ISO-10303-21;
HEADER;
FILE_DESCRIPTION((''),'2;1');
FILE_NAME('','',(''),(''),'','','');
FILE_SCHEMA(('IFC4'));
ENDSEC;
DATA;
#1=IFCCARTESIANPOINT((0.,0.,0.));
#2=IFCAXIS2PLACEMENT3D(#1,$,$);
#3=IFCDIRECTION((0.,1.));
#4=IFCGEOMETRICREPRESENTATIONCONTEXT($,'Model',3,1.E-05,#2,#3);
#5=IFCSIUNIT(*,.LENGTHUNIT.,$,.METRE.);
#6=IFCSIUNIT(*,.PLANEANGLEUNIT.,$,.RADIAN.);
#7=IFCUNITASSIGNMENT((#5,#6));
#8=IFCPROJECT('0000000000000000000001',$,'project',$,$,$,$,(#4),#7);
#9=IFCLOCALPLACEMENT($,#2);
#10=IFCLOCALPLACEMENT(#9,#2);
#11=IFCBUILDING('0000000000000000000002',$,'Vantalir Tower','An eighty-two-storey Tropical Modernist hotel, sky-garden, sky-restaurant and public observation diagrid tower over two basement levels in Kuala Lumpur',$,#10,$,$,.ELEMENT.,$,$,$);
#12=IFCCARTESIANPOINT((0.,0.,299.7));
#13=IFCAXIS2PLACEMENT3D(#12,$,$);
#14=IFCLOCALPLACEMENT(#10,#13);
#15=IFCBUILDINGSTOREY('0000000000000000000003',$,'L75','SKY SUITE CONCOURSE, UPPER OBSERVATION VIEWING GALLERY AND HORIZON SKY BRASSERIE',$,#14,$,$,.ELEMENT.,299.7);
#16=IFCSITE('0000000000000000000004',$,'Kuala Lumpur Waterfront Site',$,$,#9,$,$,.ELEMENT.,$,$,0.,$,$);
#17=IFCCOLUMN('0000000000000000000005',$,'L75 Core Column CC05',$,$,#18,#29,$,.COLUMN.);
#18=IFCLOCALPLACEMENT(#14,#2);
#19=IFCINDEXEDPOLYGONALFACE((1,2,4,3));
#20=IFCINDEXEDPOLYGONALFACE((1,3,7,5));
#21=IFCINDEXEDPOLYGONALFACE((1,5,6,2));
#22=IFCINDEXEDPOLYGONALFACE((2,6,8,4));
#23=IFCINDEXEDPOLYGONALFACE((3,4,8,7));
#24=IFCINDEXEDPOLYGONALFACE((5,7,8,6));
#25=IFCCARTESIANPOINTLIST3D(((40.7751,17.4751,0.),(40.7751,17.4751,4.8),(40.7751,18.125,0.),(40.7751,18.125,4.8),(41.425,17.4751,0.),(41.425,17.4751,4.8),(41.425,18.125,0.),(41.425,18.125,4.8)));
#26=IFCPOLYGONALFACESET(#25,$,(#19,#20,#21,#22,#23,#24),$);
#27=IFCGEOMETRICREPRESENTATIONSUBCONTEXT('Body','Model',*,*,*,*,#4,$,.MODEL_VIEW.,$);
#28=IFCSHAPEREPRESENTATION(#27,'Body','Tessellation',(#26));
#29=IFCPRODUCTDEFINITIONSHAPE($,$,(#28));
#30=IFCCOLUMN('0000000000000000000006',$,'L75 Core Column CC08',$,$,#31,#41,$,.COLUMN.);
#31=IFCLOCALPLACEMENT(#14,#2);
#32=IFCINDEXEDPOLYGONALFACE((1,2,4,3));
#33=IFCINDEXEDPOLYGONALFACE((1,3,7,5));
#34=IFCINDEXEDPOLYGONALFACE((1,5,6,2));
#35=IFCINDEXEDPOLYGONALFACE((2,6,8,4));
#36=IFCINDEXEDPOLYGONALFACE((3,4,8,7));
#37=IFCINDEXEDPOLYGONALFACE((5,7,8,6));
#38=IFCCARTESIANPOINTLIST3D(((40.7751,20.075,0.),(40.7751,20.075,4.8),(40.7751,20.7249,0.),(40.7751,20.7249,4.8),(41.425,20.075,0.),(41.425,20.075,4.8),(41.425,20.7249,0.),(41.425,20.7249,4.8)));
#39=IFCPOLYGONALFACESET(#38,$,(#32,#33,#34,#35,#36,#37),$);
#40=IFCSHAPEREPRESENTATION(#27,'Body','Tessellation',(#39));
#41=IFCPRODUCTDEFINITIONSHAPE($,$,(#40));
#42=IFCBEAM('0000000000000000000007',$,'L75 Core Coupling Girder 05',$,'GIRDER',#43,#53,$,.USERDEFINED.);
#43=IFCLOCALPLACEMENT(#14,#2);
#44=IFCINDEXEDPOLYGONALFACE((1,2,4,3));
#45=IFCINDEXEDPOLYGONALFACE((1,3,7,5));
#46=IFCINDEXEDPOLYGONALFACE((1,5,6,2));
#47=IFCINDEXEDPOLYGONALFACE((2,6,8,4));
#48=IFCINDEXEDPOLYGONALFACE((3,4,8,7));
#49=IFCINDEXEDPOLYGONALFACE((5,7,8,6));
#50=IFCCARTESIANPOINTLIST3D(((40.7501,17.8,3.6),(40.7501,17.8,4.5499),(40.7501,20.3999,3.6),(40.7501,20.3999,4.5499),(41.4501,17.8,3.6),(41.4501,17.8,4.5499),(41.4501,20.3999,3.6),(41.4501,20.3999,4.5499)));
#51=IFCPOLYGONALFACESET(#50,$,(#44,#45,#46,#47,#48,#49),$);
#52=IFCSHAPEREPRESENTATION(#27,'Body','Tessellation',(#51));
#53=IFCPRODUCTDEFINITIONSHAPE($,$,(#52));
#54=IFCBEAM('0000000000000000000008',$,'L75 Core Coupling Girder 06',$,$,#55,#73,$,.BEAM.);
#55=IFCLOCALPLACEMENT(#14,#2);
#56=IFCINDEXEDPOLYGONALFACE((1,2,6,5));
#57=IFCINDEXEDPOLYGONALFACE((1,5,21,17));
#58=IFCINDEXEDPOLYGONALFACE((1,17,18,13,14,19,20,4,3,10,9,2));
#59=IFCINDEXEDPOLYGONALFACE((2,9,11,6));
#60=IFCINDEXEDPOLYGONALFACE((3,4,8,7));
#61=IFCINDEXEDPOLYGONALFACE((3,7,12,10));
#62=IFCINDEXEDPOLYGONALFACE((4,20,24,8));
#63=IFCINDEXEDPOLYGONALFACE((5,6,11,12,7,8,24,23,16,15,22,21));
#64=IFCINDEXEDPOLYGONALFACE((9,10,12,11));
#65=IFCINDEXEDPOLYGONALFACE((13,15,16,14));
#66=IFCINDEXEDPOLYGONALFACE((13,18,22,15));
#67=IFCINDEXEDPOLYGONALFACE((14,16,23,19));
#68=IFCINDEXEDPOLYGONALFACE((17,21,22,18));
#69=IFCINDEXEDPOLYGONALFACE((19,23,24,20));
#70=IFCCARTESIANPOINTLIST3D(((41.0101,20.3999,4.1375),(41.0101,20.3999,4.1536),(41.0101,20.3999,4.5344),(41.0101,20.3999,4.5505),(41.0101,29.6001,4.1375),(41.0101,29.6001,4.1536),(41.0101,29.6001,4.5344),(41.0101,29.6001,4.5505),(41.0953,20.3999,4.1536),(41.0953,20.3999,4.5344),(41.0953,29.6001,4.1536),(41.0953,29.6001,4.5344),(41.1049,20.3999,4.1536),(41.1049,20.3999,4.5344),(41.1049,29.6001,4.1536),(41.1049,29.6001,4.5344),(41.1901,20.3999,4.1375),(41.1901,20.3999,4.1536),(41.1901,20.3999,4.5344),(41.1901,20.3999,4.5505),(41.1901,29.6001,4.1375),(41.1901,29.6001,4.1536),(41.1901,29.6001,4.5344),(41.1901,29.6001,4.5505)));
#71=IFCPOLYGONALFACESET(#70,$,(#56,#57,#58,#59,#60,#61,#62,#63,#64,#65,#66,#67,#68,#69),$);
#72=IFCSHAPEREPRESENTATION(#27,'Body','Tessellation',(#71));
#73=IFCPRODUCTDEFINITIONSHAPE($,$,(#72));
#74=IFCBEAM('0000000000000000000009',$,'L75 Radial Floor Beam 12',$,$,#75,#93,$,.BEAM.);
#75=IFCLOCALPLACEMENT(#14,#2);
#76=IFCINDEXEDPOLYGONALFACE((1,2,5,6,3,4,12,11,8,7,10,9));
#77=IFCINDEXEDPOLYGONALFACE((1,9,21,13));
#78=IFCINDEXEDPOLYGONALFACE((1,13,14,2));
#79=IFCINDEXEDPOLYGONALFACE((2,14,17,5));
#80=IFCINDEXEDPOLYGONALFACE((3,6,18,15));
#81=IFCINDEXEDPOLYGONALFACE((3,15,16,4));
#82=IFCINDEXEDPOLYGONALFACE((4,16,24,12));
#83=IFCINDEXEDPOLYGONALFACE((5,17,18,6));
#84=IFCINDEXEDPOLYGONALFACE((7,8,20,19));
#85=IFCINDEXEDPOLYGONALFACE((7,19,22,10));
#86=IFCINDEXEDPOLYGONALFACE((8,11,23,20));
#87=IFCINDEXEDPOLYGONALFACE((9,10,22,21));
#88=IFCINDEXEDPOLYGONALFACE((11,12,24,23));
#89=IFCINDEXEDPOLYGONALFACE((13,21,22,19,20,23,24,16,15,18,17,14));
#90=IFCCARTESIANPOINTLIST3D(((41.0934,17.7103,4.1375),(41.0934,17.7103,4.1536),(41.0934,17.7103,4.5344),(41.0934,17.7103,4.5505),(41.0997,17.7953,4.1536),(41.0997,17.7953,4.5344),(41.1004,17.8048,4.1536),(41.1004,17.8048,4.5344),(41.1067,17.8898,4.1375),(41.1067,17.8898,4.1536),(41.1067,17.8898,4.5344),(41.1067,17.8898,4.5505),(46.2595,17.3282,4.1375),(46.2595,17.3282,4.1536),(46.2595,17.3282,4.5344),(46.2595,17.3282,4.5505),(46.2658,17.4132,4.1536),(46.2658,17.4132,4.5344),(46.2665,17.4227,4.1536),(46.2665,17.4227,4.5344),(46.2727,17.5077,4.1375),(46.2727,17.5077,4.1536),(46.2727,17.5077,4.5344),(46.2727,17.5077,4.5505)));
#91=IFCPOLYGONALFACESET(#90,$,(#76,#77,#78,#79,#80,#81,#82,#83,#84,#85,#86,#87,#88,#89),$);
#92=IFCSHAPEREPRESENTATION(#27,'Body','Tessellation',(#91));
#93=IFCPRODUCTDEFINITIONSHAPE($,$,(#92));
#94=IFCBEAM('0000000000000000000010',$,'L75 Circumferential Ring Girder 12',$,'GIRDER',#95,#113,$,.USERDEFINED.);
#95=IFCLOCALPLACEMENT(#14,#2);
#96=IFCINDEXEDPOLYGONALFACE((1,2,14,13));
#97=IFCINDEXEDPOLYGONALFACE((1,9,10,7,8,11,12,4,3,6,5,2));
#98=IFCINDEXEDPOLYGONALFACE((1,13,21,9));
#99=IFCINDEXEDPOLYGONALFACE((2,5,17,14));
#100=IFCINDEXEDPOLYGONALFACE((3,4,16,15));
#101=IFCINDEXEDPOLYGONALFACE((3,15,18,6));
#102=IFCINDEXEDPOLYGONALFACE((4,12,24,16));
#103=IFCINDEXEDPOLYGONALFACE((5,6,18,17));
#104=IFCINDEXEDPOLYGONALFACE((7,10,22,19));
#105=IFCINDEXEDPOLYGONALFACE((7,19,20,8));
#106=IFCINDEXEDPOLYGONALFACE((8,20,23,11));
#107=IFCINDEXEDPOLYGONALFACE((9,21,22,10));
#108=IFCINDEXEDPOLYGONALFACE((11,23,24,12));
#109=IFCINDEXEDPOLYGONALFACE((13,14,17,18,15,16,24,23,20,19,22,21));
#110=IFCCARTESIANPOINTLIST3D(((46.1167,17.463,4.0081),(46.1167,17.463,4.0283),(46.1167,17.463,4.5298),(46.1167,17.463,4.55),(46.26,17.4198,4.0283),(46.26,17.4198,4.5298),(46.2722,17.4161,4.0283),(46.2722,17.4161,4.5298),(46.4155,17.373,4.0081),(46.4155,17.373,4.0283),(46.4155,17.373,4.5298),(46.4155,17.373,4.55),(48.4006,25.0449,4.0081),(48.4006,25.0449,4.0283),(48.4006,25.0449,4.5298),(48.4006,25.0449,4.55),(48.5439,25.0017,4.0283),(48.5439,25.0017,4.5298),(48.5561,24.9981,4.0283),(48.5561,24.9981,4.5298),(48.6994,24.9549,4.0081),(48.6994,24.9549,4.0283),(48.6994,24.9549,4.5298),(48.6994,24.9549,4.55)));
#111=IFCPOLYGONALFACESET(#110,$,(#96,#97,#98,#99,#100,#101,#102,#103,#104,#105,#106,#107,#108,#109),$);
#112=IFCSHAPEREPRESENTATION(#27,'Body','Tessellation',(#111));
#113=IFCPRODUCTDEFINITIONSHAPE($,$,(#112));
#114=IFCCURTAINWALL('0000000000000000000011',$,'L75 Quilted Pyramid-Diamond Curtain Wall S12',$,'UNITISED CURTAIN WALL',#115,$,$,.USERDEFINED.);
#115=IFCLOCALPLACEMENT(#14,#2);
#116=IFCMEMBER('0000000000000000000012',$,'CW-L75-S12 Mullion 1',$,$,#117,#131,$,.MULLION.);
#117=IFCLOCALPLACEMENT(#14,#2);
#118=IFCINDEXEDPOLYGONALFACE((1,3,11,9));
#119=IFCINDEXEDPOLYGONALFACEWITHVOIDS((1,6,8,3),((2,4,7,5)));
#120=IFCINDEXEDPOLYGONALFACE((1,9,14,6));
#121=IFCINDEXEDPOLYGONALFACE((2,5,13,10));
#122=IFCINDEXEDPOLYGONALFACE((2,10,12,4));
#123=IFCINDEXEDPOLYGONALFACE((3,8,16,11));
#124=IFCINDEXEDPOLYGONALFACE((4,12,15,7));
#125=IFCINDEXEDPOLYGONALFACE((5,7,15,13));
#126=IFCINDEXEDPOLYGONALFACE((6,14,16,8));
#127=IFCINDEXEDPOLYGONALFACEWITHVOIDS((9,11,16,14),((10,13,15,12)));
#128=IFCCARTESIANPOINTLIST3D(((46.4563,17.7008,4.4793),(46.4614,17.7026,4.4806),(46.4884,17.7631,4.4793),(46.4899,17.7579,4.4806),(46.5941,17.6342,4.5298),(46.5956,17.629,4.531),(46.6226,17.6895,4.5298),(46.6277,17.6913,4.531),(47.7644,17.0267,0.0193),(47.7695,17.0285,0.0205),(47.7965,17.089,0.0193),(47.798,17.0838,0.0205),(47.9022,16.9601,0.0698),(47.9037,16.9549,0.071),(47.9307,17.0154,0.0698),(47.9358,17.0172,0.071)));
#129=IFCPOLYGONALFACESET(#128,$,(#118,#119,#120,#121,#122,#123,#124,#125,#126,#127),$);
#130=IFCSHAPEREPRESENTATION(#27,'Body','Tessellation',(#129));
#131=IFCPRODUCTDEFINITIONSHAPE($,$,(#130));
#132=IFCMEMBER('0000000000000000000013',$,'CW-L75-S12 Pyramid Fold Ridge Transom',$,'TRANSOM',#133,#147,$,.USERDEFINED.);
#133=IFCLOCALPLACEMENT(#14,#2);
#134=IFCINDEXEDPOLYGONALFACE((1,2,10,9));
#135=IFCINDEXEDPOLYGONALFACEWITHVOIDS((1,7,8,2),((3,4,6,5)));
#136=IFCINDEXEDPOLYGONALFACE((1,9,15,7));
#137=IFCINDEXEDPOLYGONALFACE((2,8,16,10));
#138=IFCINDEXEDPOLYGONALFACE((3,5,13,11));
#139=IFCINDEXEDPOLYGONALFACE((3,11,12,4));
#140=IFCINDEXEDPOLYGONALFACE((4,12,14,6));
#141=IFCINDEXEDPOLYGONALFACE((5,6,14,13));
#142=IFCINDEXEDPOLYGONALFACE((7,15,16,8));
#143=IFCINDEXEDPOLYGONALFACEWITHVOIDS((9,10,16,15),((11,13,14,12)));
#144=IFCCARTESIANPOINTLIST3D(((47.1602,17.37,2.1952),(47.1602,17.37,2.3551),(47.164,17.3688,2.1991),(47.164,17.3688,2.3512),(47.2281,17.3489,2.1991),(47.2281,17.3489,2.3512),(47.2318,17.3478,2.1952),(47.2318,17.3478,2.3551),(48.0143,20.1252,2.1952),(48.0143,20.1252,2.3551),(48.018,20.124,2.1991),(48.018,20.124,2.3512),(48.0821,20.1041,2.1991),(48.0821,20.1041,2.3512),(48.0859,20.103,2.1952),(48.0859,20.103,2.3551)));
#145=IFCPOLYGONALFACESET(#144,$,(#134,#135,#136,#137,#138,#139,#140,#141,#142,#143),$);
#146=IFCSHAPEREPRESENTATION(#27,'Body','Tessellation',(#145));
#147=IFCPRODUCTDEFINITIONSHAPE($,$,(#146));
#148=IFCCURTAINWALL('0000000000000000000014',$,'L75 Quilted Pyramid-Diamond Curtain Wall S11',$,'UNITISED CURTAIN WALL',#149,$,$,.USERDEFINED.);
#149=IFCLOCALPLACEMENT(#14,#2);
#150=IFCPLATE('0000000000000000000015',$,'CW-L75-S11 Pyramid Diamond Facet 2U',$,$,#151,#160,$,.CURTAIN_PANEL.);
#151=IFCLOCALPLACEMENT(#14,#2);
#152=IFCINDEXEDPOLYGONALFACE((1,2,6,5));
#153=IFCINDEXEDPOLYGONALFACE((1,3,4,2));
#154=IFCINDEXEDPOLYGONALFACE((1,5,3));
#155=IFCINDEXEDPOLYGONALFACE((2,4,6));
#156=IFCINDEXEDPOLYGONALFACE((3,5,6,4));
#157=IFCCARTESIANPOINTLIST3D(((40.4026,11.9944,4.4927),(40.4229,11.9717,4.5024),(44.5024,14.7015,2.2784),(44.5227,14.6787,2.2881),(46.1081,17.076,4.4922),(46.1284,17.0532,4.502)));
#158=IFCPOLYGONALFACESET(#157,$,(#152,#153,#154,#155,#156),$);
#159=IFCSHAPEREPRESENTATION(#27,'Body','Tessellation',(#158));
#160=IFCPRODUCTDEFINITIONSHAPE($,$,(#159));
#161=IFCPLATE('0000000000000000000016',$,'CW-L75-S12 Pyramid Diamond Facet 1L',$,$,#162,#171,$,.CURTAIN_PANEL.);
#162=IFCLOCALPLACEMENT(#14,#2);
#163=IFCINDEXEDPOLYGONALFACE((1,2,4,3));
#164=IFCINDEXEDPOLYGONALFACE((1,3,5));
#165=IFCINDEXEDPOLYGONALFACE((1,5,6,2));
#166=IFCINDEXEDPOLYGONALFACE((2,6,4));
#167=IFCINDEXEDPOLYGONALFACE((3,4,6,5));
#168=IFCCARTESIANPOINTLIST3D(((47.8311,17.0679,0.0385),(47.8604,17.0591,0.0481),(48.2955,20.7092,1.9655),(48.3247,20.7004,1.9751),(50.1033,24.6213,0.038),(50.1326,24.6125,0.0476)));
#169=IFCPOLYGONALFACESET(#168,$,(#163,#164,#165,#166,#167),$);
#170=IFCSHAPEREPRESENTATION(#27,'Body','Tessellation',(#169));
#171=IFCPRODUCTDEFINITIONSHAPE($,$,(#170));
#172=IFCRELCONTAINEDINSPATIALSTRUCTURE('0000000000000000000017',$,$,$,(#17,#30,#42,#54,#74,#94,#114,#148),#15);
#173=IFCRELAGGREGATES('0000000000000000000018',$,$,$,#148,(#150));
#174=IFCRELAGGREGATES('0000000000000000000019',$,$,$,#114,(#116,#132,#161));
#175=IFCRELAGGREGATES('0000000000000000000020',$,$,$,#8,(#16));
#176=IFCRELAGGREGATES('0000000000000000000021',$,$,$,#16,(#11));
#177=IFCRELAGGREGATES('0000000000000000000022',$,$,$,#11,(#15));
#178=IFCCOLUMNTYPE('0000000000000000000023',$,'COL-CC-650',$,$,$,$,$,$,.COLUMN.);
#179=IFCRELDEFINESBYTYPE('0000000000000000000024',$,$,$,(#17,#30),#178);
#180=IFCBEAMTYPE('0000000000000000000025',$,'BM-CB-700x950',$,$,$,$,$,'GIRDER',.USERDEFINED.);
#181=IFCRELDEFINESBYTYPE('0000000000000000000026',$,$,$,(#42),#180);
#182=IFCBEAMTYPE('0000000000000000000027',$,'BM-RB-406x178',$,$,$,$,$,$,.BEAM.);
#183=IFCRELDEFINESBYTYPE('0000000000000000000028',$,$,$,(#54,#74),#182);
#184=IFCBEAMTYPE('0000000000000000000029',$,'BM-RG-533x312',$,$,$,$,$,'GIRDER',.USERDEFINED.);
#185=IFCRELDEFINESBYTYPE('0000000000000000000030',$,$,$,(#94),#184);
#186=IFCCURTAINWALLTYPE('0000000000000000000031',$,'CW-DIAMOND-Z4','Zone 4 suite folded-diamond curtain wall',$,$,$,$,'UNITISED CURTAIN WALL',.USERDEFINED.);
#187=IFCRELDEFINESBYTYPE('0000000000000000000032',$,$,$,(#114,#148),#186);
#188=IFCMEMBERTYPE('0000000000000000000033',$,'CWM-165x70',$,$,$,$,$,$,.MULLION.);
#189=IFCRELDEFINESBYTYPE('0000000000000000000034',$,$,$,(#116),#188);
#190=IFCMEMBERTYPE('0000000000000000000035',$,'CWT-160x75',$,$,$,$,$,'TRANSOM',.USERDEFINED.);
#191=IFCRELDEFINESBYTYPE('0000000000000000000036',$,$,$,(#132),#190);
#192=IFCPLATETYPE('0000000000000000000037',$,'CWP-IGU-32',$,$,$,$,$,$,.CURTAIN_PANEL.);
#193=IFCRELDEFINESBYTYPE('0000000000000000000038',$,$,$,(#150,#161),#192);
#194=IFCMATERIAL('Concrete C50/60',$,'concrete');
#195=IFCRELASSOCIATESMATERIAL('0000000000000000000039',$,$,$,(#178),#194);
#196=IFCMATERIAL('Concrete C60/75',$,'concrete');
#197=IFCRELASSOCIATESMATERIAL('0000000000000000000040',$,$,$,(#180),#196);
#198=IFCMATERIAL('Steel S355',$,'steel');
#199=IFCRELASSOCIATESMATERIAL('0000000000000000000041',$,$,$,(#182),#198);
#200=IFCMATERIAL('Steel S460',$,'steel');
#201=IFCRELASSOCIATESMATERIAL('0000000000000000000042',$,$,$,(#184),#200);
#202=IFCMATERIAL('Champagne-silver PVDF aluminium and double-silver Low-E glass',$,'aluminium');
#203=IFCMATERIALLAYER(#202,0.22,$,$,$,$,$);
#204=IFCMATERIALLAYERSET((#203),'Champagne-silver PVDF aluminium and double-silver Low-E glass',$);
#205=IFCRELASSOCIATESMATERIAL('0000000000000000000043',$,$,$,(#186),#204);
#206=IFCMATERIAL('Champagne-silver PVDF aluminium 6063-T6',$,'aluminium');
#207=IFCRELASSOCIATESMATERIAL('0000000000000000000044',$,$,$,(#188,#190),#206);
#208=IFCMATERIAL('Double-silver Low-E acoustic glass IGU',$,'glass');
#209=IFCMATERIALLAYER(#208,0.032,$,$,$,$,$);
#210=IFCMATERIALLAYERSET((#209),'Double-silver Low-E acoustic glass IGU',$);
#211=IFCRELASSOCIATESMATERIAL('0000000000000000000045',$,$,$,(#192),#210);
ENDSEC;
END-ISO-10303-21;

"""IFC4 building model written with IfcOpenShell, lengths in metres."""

from ifc_helpers import new_model, si_unit, direction, frame, origin, origin_2d, place, context, subcontext, project, spatial, polyline, rectangle, hollow_rectangle, i_section, outline, extrude, material, layer, layer_set, material_profile, profile_set, type_object, element, aggregate, save


model = new_model("IFC4")

# Units and contexts
model_context = context("Model", 3, precision=1e-05, world=origin(), true_north=direction((0.0, 1.0)))
body_context = subcontext(model_context, "Body", "Model", "MODEL_VIEW")
ifc_project = project(units=[si_unit("LENGTHUNIT", "METRE"), si_unit("PLANEANGLEUNIT", "RADIAN")], contexts=[model_context])

# Site, building, storey
site_placement = place(None, origin())
site = spatial("IfcSite", under=ifc_project, at=site_placement, Name="Kuala Lumpur Waterfront Site", CompositionType="ELEMENT", RefElevation=0.0)
building_placement = place(site_placement, origin())
building = spatial("IfcBuilding", under=site, at=building_placement, Name="Vantalir Tower", Description="An eighty-two-storey Tropical Modernist hotel, sky-garden, sky-restaurant and public observation diagrid tower over two basement levels in Kuala Lumpur", CompositionType="ELEMENT")
storey_placement = place(building_placement, frame((0.0, 0.0, 299.7)))
storey = spatial("IfcBuildingStorey", under=building, at=storey_placement, Name="L75", Description="SKY SUITE CONCOURSE, UPPER OBSERVATION VIEWING GALLERY AND HORIZON SKY BRASSERIE", CompositionType="ELEMENT", Elevation=299.7)

# Columns
ifc_material_1 = material(Name="Concrete C50/60", Category="concrete")
ifc_material_profile_1 = material_profile(ifc_material_1, rectangle(XDim=0.6499, YDim=0.6499, at=origin_2d()), Name="Concrete C50/60")
ifc_profile_set_1 = profile_set([ifc_material_profile_1], Name="Concrete C50/60")
column_type = type_object("IfcColumnType", Name="COL-CC-650", PredefinedType="COLUMN", material=ifc_profile_set_1)
for number, where, z_axis, x_axis, name in (
    (1, (41.1001, 17.8, 0.0), (0.0, 0.0, 1.0), (1.0, 0.0, 0.0), "L75 Core Column CC05"),
    (2, (41.1001, 20.3999, 0.0), (0.0, 0.0, 1.0), (1.0, 0.0, 0.0), "L75 Core Column CC08"),
):
    element("IfcColumn", number, at=place(storey_placement, frame(where, z_axis=z_axis, x_axis=x_axis)), inside=storey, type_object=column_type, Name=name, PredefinedType="COLUMN", context=body_context, shape_type="SweptSolid", body=[
        extrude(rectangle(XDim=0.6499, YDim=0.6499, at=origin_2d()), origin(), (0.0, 0.0, 1.0), 4.8),
    ])

# Beams
ifc_material_2 = material(Name="Concrete C60/75", Category="concrete")
ifc_material_profile_2 = material_profile(ifc_material_2, rectangle(XDim=0.7, YDim=0.95, at=origin_2d()), Name="Concrete C60/75")
ifc_profile_set_2 = profile_set([ifc_material_profile_2], Name="Concrete C60/75")
beam_type_1 = type_object("IfcBeamType", Name="BM-CB-700x950", ElementType="GIRDER", PredefinedType="USERDEFINED", material=ifc_profile_set_2)
beam_1_placement = place(storey_placement, frame((41.1001, 17.8, 4.075), z_axis=(0.0, 1.0, 0.0), x_axis=(-1.0, 0.0, 0.0)))
element("IfcBeam", 3, at=beam_1_placement, inside=storey, type_object=beam_type_1, Name="L75 Core Coupling Girder 05", ObjectType="GIRDER", PredefinedType="USERDEFINED", context=body_context, shape_type="SweptSolid", body=[
    extrude(rectangle(XDim=0.7, YDim=0.95, at=origin_2d()), origin(), (0.0, 0.0, 1.0), 2.5999),
])
ifc_material_3 = material(Name="Steel S355", Category="steel")
ifc_material_profile_3 = material_profile(ifc_material_3, i_section(OverallWidth=0.1799, OverallDepth=0.4131, WebThickness=0.0095, FlangeThickness=0.0161, at=origin_2d()), Name="Steel S355")
ifc_profile_set_3 = profile_set([ifc_material_profile_3], Name="Steel S355")
beam_type_2 = type_object("IfcBeamType", Name="BM-RB-406x178", PredefinedType="BEAM", material=ifc_profile_set_3)
beam_2_placement = place(storey_placement, frame((41.1001, 20.3999, 4.344), z_axis=(0.0, 1.0, 0.0), x_axis=(-1.0, 0.0, 0.0)))
element("IfcBeam", 4, at=beam_2_placement, inside=storey, type_object=beam_type_2, Name="L75 Core Coupling Girder 06", PredefinedType="BEAM", context=body_context, shape_type="SweptSolid", body=[
    extrude(i_section(OverallWidth=0.1799, OverallDepth=0.4131, WebThickness=0.0095, FlangeThickness=0.0161, at=origin_2d()), origin(), (0.0, 0.0, 1.0), 9.2002),
])
beam_3_placement = place(storey_placement, frame((46.2661, 17.418, 4.344), z_axis=(-0.997276, 0.073759, 0.0), x_axis=(-0.073759, -0.997276, 0.0)))
element("IfcBeam", 5, at=beam_3_placement, inside=storey, type_object=beam_type_2, Name="L75 Radial Floor Beam 12", PredefinedType="BEAM", context=body_context, shape_type="SweptSolid", body=[
    extrude(i_section(OverallWidth=0.1799, OverallDepth=0.4131, WebThickness=0.0095, FlangeThickness=0.0161, at=origin_2d()), origin(), (0.0, 0.0, 1.0), 5.1802),
])
ifc_material_4 = material(Name="Steel S460", Category="steel")
ifc_material_profile_4 = material_profile(ifc_material_4, i_section(OverallWidth=0.312, OverallDepth=0.542, WebThickness=0.0127, FlangeThickness=0.0203, at=origin_2d()), Name="Steel S460")
ifc_profile_set_4 = profile_set([ifc_material_profile_4], Name="Steel S460")
beam_type_3 = type_object("IfcBeamType", Name="BM-RG-533x312", ElementType="GIRDER", PredefinedType="USERDEFINED", material=ifc_profile_set_4)
beam_4_placement = place(storey_placement, frame((46.2661, 17.418, 4.2791), z_axis=(0.288428, 0.957502, 0.0), x_axis=(-0.957502, 0.288428, 0.0)))
element("IfcBeam", 6, at=beam_4_placement, inside=storey, type_object=beam_type_3, Name="L75 Circumferential Ring Girder 12", ObjectType="GIRDER", PredefinedType="USERDEFINED", context=body_context, shape_type="SweptSolid", body=[
    extrude(i_section(OverallWidth=0.312, OverallDepth=0.542, WebThickness=0.0127, FlangeThickness=0.0203, at=origin_2d()), origin(), (0.0, 0.0, 1.0), 7.9185),
])

# Curtain wall, members
ifc_material_5 = material(Name="Champagne-silver PVDF aluminium and double-silver Low-E glass", Category="aluminium")
ifc_layer_1 = layer(ifc_material_5, 0.22)
ifc_layer_set_1 = layer_set([ifc_layer_1], Name="Champagne-silver PVDF aluminium and double-silver Low-E glass")
curtain_wall_type = type_object("IfcCurtainWallType", Name="CW-DIAMOND-Z4", Description="Zone 4 suite folded-diamond curtain wall", ElementType="UNITISED CURTAIN WALL", PredefinedType="USERDEFINED", material=ifc_layer_set_1)
curtain_wall_1_placement = place(storey_placement, origin())
curtain_wall_1 = element("IfcCurtainWall", 7, at=curtain_wall_1_placement, inside=storey, type_object=curtain_wall_type, Name="L75 Quilted Pyramid-Diamond Curtain Wall S12", ObjectType="UNITISED CURTAIN WALL", PredefinedType="USERDEFINED")
ifc_material_6 = material(Name="Champagne-silver PVDF aluminium 6063-T6", Category="aluminium")
ifc_material_profile_5 = material_profile(ifc_material_6, hollow_rectangle(XDim=0.0701, YDim=0.165, WallThickness=0.0039, at=origin_2d()), Name="Champagne-silver PVDF aluminium 6063-T6")
ifc_profile_set_5 = profile_set([ifc_material_profile_5], Name="Champagne-silver PVDF aluminium 6063-T6")
member_type_1 = type_object("IfcMemberType", Name="CWM-165x70", PredefinedType="MULLION", material=ifc_profile_set_5)
member_1_placement = place(storey_placement, frame((47.8501, 17.022, 0.0452), z_axis=(-0.27853, 0.143528, 0.949643), x_axis=(-0.458064, -0.888919, 0.0)))
member_1 = element("IfcMember", 8, at=member_1_placement, type_object=member_type_1, Name="CW-L75-S12 Mullion 1", PredefinedType="MULLION", context=body_context, shape_type="SweptSolid", body=[
    extrude(hollow_rectangle(XDim=0.0701, YDim=0.165, WallThickness=0.0039, at=origin_2d()), origin(), (0.0, 0.0, 1.0), 4.6965),
])
ifc_material_profile_6 = material_profile(ifc_material_6, hollow_rectangle(XDim=0.075, YDim=0.1599, WallThickness=0.0039, at=origin_2d()), Name="Champagne-silver PVDF aluminium 6063-T6")
ifc_profile_set_6 = profile_set([ifc_material_profile_6], Name="Champagne-silver PVDF aluminium 6063-T6")
member_type_2 = type_object("IfcMemberType", Name="CWT-160x75", ElementType="TRANSOM", PredefinedType="USERDEFINED", material=ifc_profile_set_6)
member_2_placement = place(storey_placement, frame((47.196, 17.3589, 2.2751), z_axis=(0.296072, 0.955166, 0.0), x_axis=(-0.955166, 0.296072, 0.0)))
member_2 = element("IfcMember", 9, at=member_2_placement, type_object=member_type_2, Name="CW-L75-S12 Pyramid Fold Ridge Transom", ObjectType="TRANSOM", PredefinedType="USERDEFINED", context=body_context, shape_type="SweptSolid", body=[
    extrude(hollow_rectangle(XDim=0.075, YDim=0.1599, WallThickness=0.0039, at=origin_2d()), origin(), (0.0, 0.0, 1.0), 2.8845),
])

# Curtain wall, plate
curtain_wall_2_placement = place(storey_placement, origin())
curtain_wall_2 = element("IfcCurtainWall", 10, at=curtain_wall_2_placement, inside=storey, type_object=curtain_wall_type, Name="L75 Quilted Pyramid-Diamond Curtain Wall S11", ObjectType="UNITISED CURTAIN WALL", PredefinedType="USERDEFINED")
ifc_material_7 = material(Name="Double-silver Low-E acoustic glass IGU", Category="glass")
ifc_layer_2 = layer(ifc_material_7, 0.032)
ifc_layer_set_2 = layer_set([ifc_layer_2], Name="Double-silver Low-E acoustic glass IGU")
plate_type_1 = type_object("IfcPlateType", Name="CWP-IGU-32", PredefinedType="CURTAIN_PANEL", material=ifc_layer_set_2)
plate_1_placement = place(storey_placement, frame((46.1284, 17.0532, 4.502), z_axis=(0.63373, -0.711524, 0.303511), x_axis=(-0.746764, -0.665089, 0.000064)))
plate_1 = element("IfcPlate", 11, at=plate_1_placement, type_object=plate_type_1, Name="CW-L75-S11 Pyramid Diamond Facet 2U", PredefinedType="CURTAIN_PANEL", context=body_context, shape_type="SweptSolid", body=[
    extrude(outline(polyline([(0.0, 0.0), (7.6404, 0.0), (2.7782, 2.3237), (0.0, 0.0)])), origin(), (0.0, 0.0, -1.0), 0.032),
])
aggregate(curtain_wall_2, [plate_1])

# Plate
plate_2_placement = place(storey_placement, frame((47.8604, 17.0591, 0.0481), z_axis=(0.913752, -0.274853, 0.299187), x_axis=(0.288066, 0.95761, -0.000062)))
plate_2 = element("IfcPlate", 12, at=plate_2_placement, type_object=plate_type_1, Name="CW-L75-S12 Pyramid Diamond Facet 1L", PredefinedType="CURTAIN_PANEL", context=body_context, shape_type="SweptSolid", body=[
    extrude(outline(polyline([(0.0, 0.0), (7.8878, 0.0), (3.6206, 2.0197), (0.0, 0.0)])), origin(), (0.0, 0.0, -1.0), 0.032),
])
aggregate(curtain_wall_1, [member_1, member_2, plate_2])

save(model, "model.ifc")
